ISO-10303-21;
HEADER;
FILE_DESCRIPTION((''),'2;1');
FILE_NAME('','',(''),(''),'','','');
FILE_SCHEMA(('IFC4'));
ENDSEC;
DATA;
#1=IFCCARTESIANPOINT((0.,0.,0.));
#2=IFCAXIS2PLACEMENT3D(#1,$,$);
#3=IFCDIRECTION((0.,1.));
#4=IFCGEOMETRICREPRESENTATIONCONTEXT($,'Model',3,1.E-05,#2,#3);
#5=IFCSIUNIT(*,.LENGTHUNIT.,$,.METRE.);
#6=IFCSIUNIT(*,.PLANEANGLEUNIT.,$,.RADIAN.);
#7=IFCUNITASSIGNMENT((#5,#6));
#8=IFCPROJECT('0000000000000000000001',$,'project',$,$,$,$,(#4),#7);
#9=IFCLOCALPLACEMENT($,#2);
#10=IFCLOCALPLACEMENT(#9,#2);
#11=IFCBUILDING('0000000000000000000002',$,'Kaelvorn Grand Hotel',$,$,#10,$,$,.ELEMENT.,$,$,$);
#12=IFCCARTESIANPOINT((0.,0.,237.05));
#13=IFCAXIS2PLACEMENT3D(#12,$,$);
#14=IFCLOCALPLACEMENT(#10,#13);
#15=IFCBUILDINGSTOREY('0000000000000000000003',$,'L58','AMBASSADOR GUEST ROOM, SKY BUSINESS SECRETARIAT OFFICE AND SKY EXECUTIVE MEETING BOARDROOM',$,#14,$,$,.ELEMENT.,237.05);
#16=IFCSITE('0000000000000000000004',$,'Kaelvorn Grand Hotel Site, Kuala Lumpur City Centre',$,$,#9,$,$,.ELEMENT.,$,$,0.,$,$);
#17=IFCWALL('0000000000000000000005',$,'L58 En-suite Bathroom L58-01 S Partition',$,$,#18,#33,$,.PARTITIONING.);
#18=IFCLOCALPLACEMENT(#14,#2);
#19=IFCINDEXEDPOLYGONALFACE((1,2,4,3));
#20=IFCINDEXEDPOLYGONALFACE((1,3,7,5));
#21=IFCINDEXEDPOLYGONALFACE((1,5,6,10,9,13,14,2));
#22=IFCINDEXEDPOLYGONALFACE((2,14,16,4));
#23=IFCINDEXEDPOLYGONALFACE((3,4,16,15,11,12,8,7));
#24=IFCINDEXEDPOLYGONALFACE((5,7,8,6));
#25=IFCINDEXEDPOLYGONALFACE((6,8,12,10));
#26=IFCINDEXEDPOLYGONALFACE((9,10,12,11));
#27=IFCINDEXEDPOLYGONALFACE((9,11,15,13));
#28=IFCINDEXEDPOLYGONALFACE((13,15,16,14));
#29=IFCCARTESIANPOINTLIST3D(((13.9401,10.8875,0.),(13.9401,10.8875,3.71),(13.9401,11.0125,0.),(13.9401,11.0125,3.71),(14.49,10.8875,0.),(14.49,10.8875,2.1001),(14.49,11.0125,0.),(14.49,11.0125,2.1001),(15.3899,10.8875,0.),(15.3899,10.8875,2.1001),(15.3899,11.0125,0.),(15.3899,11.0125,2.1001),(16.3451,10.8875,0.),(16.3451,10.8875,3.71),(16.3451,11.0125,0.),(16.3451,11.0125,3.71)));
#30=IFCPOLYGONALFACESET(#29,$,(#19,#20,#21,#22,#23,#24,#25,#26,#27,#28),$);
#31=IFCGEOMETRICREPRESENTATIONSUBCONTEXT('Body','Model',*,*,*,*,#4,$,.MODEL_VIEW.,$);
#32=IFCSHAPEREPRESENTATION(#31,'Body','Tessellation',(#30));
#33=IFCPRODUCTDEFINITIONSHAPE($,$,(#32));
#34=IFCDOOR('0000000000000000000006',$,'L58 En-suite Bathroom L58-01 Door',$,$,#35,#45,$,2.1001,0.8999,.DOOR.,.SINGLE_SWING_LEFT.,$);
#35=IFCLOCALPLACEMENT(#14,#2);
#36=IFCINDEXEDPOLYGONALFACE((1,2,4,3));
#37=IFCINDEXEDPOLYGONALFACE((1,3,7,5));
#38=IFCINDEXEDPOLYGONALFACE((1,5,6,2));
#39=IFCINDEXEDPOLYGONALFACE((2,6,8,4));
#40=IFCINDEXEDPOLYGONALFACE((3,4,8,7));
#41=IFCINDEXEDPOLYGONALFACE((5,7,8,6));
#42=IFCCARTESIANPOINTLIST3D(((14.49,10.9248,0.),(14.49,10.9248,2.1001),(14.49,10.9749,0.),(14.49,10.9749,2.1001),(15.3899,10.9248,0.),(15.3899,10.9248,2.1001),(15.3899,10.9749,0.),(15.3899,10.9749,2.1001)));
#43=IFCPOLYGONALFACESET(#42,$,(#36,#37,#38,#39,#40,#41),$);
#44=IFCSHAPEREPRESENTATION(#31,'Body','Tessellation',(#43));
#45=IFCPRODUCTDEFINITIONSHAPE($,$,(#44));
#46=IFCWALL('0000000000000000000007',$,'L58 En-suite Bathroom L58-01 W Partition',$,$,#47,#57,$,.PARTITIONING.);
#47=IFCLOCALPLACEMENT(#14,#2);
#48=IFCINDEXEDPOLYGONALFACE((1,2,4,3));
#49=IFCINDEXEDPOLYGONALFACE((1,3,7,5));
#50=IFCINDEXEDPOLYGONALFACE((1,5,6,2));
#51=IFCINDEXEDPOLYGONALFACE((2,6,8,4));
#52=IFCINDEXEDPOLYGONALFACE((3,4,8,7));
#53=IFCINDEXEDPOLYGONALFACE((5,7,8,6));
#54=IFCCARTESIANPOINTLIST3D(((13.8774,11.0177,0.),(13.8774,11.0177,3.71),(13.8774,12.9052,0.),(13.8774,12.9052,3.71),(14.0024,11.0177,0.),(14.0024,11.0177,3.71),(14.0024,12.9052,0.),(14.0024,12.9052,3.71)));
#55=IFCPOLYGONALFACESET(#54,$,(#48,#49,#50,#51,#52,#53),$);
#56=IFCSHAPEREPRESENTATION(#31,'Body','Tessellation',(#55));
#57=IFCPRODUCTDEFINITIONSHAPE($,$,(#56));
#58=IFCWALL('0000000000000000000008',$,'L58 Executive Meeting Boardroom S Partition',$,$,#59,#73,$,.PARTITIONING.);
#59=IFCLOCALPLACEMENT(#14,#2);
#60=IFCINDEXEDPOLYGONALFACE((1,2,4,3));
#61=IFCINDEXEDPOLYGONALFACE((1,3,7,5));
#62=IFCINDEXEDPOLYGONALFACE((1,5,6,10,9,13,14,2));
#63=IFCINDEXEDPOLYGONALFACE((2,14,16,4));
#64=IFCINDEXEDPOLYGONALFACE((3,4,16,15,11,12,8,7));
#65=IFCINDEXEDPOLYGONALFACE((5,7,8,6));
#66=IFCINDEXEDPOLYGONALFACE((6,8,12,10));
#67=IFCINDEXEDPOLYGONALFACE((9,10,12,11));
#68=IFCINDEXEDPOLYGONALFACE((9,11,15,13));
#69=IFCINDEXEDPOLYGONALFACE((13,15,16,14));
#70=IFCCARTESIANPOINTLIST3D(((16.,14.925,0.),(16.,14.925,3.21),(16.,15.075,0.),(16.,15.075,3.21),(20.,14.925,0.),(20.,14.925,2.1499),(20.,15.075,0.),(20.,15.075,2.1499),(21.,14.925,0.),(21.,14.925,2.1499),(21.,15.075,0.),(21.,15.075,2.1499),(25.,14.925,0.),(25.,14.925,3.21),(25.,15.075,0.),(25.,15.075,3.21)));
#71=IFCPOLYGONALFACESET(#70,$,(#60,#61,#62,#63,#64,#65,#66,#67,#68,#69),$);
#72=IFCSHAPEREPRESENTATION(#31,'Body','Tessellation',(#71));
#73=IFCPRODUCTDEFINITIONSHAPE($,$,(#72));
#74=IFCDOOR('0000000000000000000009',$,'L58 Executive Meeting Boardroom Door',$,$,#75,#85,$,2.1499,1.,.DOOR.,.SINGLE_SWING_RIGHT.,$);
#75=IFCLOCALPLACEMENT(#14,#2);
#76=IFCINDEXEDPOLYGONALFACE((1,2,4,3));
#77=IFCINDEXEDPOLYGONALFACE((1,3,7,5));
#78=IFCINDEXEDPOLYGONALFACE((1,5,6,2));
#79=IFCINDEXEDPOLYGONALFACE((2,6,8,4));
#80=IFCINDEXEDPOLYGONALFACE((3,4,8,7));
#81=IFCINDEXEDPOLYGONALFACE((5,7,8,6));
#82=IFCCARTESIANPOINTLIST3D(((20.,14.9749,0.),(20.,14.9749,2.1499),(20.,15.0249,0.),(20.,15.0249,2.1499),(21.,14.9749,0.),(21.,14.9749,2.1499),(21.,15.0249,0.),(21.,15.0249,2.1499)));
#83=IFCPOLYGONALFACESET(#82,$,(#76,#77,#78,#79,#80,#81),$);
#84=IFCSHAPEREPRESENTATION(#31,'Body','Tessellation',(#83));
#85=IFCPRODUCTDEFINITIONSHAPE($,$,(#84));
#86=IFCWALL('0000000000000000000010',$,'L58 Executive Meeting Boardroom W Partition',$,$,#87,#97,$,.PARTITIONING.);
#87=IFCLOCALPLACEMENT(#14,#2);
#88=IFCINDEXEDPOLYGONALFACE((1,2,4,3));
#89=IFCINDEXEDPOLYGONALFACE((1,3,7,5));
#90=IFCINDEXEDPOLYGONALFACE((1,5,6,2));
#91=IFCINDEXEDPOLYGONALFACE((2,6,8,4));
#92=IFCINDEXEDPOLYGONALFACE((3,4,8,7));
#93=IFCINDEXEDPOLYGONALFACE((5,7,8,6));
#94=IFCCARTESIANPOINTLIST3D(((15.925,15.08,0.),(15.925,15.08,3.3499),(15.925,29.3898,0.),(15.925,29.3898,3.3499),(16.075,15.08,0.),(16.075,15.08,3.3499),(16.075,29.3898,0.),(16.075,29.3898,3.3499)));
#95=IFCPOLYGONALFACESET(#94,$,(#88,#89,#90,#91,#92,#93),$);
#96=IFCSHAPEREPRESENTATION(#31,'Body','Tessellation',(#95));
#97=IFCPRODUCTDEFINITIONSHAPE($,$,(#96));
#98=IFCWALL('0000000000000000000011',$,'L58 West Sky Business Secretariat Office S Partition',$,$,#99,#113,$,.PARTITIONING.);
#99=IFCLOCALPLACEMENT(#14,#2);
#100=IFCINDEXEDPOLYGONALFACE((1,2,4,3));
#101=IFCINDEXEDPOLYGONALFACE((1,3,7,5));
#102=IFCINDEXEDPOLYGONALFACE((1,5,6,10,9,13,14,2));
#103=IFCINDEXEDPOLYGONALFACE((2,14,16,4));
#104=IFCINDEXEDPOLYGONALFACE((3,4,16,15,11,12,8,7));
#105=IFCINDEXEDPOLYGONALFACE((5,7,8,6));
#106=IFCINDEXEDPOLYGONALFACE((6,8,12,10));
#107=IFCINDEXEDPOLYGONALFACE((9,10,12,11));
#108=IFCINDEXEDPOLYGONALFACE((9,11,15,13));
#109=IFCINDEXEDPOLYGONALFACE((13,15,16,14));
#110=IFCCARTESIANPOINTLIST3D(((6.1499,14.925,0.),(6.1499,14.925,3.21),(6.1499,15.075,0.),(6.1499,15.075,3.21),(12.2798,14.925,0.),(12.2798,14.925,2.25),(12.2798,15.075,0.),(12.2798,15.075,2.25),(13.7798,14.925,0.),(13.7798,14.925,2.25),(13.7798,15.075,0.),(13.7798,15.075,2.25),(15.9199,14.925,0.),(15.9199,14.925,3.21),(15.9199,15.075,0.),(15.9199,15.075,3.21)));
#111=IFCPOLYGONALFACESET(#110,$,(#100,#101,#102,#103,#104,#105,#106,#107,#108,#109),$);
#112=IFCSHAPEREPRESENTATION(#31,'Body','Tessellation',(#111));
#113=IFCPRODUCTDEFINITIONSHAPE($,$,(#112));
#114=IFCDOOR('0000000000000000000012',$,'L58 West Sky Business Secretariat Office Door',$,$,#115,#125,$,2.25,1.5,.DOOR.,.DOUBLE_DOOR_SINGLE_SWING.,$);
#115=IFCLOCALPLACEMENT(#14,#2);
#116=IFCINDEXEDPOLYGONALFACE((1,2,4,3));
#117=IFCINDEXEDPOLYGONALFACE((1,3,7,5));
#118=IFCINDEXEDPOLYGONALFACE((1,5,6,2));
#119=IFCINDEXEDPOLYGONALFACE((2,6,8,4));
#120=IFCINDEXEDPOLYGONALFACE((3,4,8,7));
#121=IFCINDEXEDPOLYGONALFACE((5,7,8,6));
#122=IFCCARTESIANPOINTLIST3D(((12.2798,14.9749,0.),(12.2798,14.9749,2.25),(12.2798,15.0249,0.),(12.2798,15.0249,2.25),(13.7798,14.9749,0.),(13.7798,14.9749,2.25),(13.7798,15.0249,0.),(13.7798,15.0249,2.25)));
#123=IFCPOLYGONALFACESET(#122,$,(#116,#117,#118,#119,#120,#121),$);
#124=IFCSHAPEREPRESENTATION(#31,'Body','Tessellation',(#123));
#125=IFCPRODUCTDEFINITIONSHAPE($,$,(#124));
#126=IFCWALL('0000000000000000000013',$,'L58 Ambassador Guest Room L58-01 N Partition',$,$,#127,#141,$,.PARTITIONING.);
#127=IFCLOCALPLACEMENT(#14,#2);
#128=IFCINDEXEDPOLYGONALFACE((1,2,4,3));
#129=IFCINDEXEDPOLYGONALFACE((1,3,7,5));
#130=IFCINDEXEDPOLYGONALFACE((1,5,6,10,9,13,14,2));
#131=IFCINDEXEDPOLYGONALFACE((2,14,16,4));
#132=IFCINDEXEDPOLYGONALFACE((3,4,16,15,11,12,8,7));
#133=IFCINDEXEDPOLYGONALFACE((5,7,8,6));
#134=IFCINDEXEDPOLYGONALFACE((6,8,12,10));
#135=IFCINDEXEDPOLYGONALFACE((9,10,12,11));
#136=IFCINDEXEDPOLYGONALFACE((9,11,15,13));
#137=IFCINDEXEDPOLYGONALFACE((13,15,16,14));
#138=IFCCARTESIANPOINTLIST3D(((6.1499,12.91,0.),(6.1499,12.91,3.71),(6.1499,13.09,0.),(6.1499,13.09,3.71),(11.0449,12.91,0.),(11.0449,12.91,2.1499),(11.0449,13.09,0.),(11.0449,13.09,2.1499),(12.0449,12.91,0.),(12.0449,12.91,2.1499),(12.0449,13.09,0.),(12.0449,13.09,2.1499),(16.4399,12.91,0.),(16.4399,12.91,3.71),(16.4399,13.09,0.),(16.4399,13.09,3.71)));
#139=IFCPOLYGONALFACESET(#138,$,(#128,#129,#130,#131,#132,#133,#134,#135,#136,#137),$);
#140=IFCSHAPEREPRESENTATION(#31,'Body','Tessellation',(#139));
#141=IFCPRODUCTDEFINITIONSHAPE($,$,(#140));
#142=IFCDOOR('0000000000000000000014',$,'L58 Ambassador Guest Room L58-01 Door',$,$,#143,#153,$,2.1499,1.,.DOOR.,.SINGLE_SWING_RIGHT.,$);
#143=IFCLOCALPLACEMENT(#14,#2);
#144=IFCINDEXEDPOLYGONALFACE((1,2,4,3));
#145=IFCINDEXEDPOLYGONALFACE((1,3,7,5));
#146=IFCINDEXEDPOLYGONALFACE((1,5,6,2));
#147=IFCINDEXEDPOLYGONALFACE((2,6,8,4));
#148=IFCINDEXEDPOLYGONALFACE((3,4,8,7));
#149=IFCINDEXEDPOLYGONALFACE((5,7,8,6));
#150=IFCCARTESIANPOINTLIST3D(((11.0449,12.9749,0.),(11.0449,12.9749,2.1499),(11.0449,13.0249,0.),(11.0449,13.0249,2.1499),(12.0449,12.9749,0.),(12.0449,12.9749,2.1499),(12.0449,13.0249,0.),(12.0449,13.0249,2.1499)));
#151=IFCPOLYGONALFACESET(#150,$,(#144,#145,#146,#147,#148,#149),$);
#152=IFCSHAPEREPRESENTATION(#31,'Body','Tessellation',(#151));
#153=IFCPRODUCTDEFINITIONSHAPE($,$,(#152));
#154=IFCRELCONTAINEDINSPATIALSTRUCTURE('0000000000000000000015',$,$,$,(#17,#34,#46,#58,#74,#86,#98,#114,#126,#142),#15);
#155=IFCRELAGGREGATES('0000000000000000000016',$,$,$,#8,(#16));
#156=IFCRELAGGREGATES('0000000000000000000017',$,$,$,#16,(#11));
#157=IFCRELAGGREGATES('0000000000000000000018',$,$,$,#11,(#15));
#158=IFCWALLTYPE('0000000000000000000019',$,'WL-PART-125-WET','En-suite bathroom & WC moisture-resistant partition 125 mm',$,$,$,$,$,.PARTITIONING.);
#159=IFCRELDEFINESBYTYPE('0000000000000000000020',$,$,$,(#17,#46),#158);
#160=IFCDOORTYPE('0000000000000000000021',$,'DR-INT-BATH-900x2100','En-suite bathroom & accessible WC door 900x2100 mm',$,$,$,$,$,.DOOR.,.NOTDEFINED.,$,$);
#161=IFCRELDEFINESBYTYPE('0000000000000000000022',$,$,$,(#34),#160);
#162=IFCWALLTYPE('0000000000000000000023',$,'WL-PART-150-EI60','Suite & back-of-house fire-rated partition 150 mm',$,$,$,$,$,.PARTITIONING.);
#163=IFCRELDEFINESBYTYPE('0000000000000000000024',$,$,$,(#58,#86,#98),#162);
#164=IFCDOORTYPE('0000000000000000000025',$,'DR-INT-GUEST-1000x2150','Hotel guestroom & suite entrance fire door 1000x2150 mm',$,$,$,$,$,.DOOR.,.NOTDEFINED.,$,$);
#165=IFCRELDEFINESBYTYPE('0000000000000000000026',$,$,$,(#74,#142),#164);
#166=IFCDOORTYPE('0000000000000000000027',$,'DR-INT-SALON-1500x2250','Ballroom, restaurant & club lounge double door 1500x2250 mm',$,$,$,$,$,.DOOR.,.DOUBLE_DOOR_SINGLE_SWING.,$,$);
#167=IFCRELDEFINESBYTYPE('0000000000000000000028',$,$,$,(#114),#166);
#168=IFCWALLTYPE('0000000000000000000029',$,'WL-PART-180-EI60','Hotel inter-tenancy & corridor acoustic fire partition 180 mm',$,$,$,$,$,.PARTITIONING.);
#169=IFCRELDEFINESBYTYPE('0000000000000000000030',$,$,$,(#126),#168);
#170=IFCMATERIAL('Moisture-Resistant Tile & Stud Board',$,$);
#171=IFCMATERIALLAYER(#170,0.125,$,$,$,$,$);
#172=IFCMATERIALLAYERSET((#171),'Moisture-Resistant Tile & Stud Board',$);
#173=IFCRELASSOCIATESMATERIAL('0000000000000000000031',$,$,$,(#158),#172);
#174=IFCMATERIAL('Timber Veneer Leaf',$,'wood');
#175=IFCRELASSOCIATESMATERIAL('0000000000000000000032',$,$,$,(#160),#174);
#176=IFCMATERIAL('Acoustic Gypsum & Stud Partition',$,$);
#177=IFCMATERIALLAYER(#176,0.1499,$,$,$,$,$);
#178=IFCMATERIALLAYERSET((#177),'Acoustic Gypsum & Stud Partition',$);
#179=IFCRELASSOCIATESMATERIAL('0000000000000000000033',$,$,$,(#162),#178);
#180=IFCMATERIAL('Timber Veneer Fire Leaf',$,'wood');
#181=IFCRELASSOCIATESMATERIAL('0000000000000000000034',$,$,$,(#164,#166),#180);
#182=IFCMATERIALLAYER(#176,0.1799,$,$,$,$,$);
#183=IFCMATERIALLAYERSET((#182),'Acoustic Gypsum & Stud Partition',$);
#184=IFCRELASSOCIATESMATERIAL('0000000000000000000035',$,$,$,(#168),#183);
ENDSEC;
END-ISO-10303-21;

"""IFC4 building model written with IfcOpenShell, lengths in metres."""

from ifc_helpers import new_model, si_unit, direction, frame, frame_2d, origin, place, context, subcontext, project, spatial, rectangle, extrude, material, layer, layer_set, type_object, element, fill, save


model = new_model("IFC4")

# Units and contexts
model_context = context("Model", 3, precision=1e-05, world=origin(), true_north=direction((0.0, 1.0)))
body_context = subcontext(model_context, "Body", "Model", "MODEL_VIEW")
ifc_project = project(units=[si_unit("LENGTHUNIT", "METRE"), si_unit("PLANEANGLEUNIT", "RADIAN")], contexts=[model_context])

# Site, building, storey
site_placement = place(None, origin())
site = spatial("IfcSite", under=ifc_project, at=site_placement, Name="Kaelvorn Grand Hotel Site, Kuala Lumpur City Centre", CompositionType="ELEMENT", RefElevation=0.0)
building_placement = place(site_placement, origin())
building = spatial("IfcBuilding", under=site, at=building_placement, Name="Kaelvorn Grand Hotel", CompositionType="ELEMENT")
storey_placement = place(building_placement, frame((0.0, 0.0, 237.05)))
storey = spatial("IfcBuildingStorey", under=building, at=storey_placement, Name="L58", Description="AMBASSADOR GUEST ROOM, SKY BUSINESS SECRETARIAT OFFICE AND SKY EXECUTIVE MEETING BOARDROOM", CompositionType="ELEMENT", Elevation=237.05)

# Wall, opening, door
ifc_material_1 = material(Name="Moisture-Resistant Tile & Stud Board")
ifc_layer_1 = layer(ifc_material_1, 0.125)
ifc_layer_set_1 = layer_set([ifc_layer_1], Name="Moisture-Resistant Tile & Stud Board")
wall_type_1 = type_object("IfcWallType", Name="WL-PART-125-WET", Description="En-suite bathroom & WC moisture-resistant partition 125 mm", PredefinedType="PARTITIONING", material=ifc_layer_set_1)
wall_1_placement = place(storey_placement, frame((13.9399, 10.95, 0.0), z_axis=(0.0, 0.0, 1.0), x_axis=(1.0, 0.0, 0.0)))
wall_1 = element("IfcWall", 1, at=wall_1_placement, inside=storey, type_object=wall_type_1, Name="L58 En-suite Bathroom L58-01 S Partition", PredefinedType="PARTITIONING", context=body_context, shape_type="SweptSolid", body=[
    extrude(rectangle(XDim=2.405, YDim=0.125, at=frame_2d((1.2026, 0.0))), origin(), (0.0, 0.0, 1.0), 3.71),
])
opening_1_placement = place(wall_1_placement, frame((0.55, 0.0, 0.0)))
opening_1 = element("IfcOpeningElement", 2, at=opening_1_placement, cuts=wall_1, PredefinedType="OPENING", context=body_context, shape_type="SweptSolid", body=[
    extrude(rectangle(XDim=0.8999, YDim=2.1001, at=frame_2d((0.45, 1.05))), frame((0.0, 0.0725, 0.0), z_axis=(0.0, -1.0, 0.0), x_axis=(1.0, 0.0, 0.0)), (0.0, 0.0, 1.0), 0.145),
])
ifc_material_2 = material(Name="Timber Veneer Leaf", Category="wood")
door_type_1 = type_object("IfcDoorType", Name="DR-INT-BATH-900x2100", Description="En-suite bathroom & accessible WC door 900x2100 mm", OperationType="NOTDEFINED", PredefinedType="DOOR", material=ifc_material_2)
door_1_placement = place(opening_1_placement, origin())
door_1 = element("IfcDoor", 3, at=door_1_placement, inside=storey, type_object=door_type_1, Name="L58 En-suite Bathroom L58-01 Door", OperationType="SINGLE_SWING_LEFT", OverallHeight=2.1001, OverallWidth=0.8999, PredefinedType="DOOR", context=body_context, shape_type="SweptSolid", body=[
    extrude(rectangle(XDim=0.8999, YDim=2.1001, at=frame_2d((0.45, 1.05))), frame((0.0, 0.0249, 0.0), z_axis=(0.0, -1.0, 0.0), x_axis=(1.0, 0.0, 0.0)), (0.0, 0.0, 1.0), 0.05),
])
fill(opening_1, door_1)

# Wall
wall_2_placement = place(storey_placement, frame((13.9399, 11.0176, 0.0), z_axis=(0.0, 0.0, 1.0), x_axis=(0.0, 1.0, 0.0)))
element("IfcWall", 4, at=wall_2_placement, inside=storey, type_object=wall_type_1, Name="L58 En-suite Bathroom L58-01 W Partition", PredefinedType="PARTITIONING", context=body_context, shape_type="SweptSolid", body=[
    extrude(rectangle(XDim=1.8875, YDim=0.125, at=frame_2d((0.9438, 0.0))), origin(), (0.0, 0.0, 1.0), 3.71),
])

# Wall, opening, door
ifc_material_3 = material(Name="Acoustic Gypsum & Stud Partition")
ifc_layer_2 = layer(ifc_material_3, 0.1499)
ifc_layer_set_2 = layer_set([ifc_layer_2], Name="Acoustic Gypsum & Stud Partition")
wall_type_2 = type_object("IfcWallType", Name="WL-PART-150-EI60", Description="Suite & back-of-house fire-rated partition 150 mm", PredefinedType="PARTITIONING", material=ifc_layer_set_2)
wall_3_placement = place(storey_placement, frame((16.0, 15.0, 0.0), z_axis=(0.0, 0.0, 1.0), x_axis=(1.0, 0.0, 0.0)))
wall_3 = element("IfcWall", 5, at=wall_3_placement, inside=storey, type_object=wall_type_2, Name="L58 Executive Meeting Boardroom S Partition", PredefinedType="PARTITIONING", context=body_context, shape_type="SweptSolid", body=[
    extrude(rectangle(XDim=9.0, YDim=0.1499, at=frame_2d((4.5, 0.0))), origin(), (0.0, 0.0, 1.0), 3.21),
])
opening_2_placement = place(wall_3_placement, frame((4.0, 0.0, 0.0)))
opening_2 = element("IfcOpeningElement", 6, at=opening_2_placement, cuts=wall_3, PredefinedType="OPENING", context=body_context, shape_type="SweptSolid", body=[
    extrude(rectangle(XDim=1.0, YDim=2.1499, at=frame_2d((0.5, 1.075))), frame((0.0, 0.085, 0.0), z_axis=(0.0, -1.0, 0.0), x_axis=(1.0, 0.0, 0.0)), (0.0, 0.0, 1.0), 0.1699),
])
ifc_material_4 = material(Name="Timber Veneer Fire Leaf", Category="wood")
door_type_2 = type_object("IfcDoorType", Name="DR-INT-GUEST-1000x2150", Description="Hotel guestroom & suite entrance fire door 1000x2150 mm", OperationType="NOTDEFINED", PredefinedType="DOOR", material=ifc_material_4)
door_2_placement = place(opening_2_placement, origin())
door_2 = element("IfcDoor", 7, at=door_2_placement, inside=storey, type_object=door_type_2, Name="L58 Executive Meeting Boardroom Door", OperationType="SINGLE_SWING_RIGHT", OverallHeight=2.1499, OverallWidth=1.0, PredefinedType="DOOR", context=body_context, shape_type="SweptSolid", body=[
    extrude(rectangle(XDim=1.0, YDim=2.1499, at=frame_2d((0.5, 1.075))), frame((0.0, 0.0249, 0.0), z_axis=(0.0, -1.0, 0.0), x_axis=(1.0, 0.0, 0.0)), (0.0, 0.0, 1.0), 0.05),
])
fill(opening_2, door_2)

# Wall
wall_4_placement = place(storey_placement, frame((16.0, 15.0801, 0.0), z_axis=(0.0, 0.0, 1.0), x_axis=(0.0, 1.0, 0.0)))
element("IfcWall", 8, at=wall_4_placement, inside=storey, type_object=wall_type_2, Name="L58 Executive Meeting Boardroom W Partition", PredefinedType="PARTITIONING", context=body_context, shape_type="SweptSolid", body=[
    extrude(rectangle(XDim=14.3098, YDim=0.1499, at=frame_2d((7.1548, 0.0))), origin(), (0.0, 0.0, 1.0), 3.3499),
])

# Walls, openings, doors
wall_5_placement = place(storey_placement, frame((6.1499, 15.0, 0.0), z_axis=(0.0, 0.0, 1.0), x_axis=(1.0, 0.0, 0.0)))
wall_5 = element("IfcWall", 9, at=wall_5_placement, inside=storey, type_object=wall_type_2, Name="L58 West Sky Business Secretariat Office S Partition", PredefinedType="PARTITIONING", context=body_context, shape_type="SweptSolid", body=[
    extrude(rectangle(XDim=9.77, YDim=0.1499, at=frame_2d((4.885, 0.0))), origin(), (0.0, 0.0, 1.0), 3.21),
])
opening_3_placement = place(wall_5_placement, frame((6.1299, 0.0, 0.0)))
opening_3 = element("IfcOpeningElement", 10, at=opening_3_placement, cuts=wall_5, PredefinedType="OPENING", context=body_context, shape_type="SweptSolid", body=[
    extrude(rectangle(XDim=1.5, YDim=2.25, at=frame_2d((0.75, 1.125))), frame((0.0, 0.085, 0.0), z_axis=(0.0, -1.0, 0.0), x_axis=(1.0, 0.0, 0.0)), (0.0, 0.0, 1.0), 0.1699),
])
door_type_3 = type_object("IfcDoorType", Name="DR-INT-SALON-1500x2250", Description="Ballroom, restaurant & club lounge double door 1500x2250 mm", OperationType="DOUBLE_DOOR_SINGLE_SWING", PredefinedType="DOOR", material=ifc_material_4)
door_3_placement = place(opening_3_placement, origin())
door_3 = element("IfcDoor", 11, at=door_3_placement, inside=storey, type_object=door_type_3, Name="L58 West Sky Business Secretariat Office Door", OperationType="DOUBLE_DOOR_SINGLE_SWING", OverallHeight=2.25, OverallWidth=1.5, PredefinedType="DOOR", context=body_context, shape_type="SweptSolid", body=[
    extrude(rectangle(XDim=1.5, YDim=2.25, at=frame_2d((0.75, 1.125))), frame((0.0, 0.0249, 0.0), z_axis=(0.0, -1.0, 0.0), x_axis=(1.0, 0.0, 0.0)), (0.0, 0.0, 1.0), 0.05),
])
fill(opening_3, door_3)
ifc_layer_3 = layer(ifc_material_3, 0.1799)
ifc_layer_set_3 = layer_set([ifc_layer_3], Name="Acoustic Gypsum & Stud Partition")
wall_type_3 = type_object("IfcWallType", Name="WL-PART-180-EI60", Description="Hotel inter-tenancy & corridor acoustic fire partition 180 mm", PredefinedType="PARTITIONING", material=ifc_layer_set_3)
wall_6_placement = place(storey_placement, frame((6.1499, 13.0, 0.0), z_axis=(0.0, 0.0, 1.0), x_axis=(1.0, 0.0, 0.0)))
wall_6 = element("IfcWall", 12, at=wall_6_placement, inside=storey, type_object=wall_type_3, Name="L58 Ambassador Guest Room L58-01 N Partition", PredefinedType="PARTITIONING", context=body_context, shape_type="SweptSolid", body=[
    extrude(rectangle(XDim=10.29, YDim=0.1799, at=frame_2d((5.145, 0.0))), origin(), (0.0, 0.0, 1.0), 3.71),
])
opening_4_placement = place(wall_6_placement, frame((4.895, 0.0, 0.0)))
opening_4 = element("IfcOpeningElement", 13, at=opening_4_placement, cuts=wall_6, PredefinedType="OPENING", context=body_context, shape_type="SweptSolid", body=[
    extrude(rectangle(XDim=1.0, YDim=2.1499, at=frame_2d((0.5, 1.075))), frame((0.0, 0.1001, 0.0), z_axis=(0.0, -1.0, 0.0), x_axis=(1.0, 0.0, 0.0)), (0.0, 0.0, 1.0), 0.2),
])
door_4_placement = place(opening_4_placement, origin())
door_4 = element("IfcDoor", 14, at=door_4_placement, inside=storey, type_object=door_type_2, Name="L58 Ambassador Guest Room L58-01 Door", OperationType="SINGLE_SWING_RIGHT", OverallHeight=2.1499, OverallWidth=1.0, PredefinedType="DOOR", context=body_context, shape_type="SweptSolid", body=[
    extrude(rectangle(XDim=1.0, YDim=2.1499, at=frame_2d((0.5, 1.075))), frame((0.0, 0.0249, 0.0), z_axis=(0.0, -1.0, 0.0), x_axis=(1.0, 0.0, 0.0)), (0.0, 0.0, 1.0), 0.05),
])
fill(opening_4, door_4)

save(model, "model.ifc")
